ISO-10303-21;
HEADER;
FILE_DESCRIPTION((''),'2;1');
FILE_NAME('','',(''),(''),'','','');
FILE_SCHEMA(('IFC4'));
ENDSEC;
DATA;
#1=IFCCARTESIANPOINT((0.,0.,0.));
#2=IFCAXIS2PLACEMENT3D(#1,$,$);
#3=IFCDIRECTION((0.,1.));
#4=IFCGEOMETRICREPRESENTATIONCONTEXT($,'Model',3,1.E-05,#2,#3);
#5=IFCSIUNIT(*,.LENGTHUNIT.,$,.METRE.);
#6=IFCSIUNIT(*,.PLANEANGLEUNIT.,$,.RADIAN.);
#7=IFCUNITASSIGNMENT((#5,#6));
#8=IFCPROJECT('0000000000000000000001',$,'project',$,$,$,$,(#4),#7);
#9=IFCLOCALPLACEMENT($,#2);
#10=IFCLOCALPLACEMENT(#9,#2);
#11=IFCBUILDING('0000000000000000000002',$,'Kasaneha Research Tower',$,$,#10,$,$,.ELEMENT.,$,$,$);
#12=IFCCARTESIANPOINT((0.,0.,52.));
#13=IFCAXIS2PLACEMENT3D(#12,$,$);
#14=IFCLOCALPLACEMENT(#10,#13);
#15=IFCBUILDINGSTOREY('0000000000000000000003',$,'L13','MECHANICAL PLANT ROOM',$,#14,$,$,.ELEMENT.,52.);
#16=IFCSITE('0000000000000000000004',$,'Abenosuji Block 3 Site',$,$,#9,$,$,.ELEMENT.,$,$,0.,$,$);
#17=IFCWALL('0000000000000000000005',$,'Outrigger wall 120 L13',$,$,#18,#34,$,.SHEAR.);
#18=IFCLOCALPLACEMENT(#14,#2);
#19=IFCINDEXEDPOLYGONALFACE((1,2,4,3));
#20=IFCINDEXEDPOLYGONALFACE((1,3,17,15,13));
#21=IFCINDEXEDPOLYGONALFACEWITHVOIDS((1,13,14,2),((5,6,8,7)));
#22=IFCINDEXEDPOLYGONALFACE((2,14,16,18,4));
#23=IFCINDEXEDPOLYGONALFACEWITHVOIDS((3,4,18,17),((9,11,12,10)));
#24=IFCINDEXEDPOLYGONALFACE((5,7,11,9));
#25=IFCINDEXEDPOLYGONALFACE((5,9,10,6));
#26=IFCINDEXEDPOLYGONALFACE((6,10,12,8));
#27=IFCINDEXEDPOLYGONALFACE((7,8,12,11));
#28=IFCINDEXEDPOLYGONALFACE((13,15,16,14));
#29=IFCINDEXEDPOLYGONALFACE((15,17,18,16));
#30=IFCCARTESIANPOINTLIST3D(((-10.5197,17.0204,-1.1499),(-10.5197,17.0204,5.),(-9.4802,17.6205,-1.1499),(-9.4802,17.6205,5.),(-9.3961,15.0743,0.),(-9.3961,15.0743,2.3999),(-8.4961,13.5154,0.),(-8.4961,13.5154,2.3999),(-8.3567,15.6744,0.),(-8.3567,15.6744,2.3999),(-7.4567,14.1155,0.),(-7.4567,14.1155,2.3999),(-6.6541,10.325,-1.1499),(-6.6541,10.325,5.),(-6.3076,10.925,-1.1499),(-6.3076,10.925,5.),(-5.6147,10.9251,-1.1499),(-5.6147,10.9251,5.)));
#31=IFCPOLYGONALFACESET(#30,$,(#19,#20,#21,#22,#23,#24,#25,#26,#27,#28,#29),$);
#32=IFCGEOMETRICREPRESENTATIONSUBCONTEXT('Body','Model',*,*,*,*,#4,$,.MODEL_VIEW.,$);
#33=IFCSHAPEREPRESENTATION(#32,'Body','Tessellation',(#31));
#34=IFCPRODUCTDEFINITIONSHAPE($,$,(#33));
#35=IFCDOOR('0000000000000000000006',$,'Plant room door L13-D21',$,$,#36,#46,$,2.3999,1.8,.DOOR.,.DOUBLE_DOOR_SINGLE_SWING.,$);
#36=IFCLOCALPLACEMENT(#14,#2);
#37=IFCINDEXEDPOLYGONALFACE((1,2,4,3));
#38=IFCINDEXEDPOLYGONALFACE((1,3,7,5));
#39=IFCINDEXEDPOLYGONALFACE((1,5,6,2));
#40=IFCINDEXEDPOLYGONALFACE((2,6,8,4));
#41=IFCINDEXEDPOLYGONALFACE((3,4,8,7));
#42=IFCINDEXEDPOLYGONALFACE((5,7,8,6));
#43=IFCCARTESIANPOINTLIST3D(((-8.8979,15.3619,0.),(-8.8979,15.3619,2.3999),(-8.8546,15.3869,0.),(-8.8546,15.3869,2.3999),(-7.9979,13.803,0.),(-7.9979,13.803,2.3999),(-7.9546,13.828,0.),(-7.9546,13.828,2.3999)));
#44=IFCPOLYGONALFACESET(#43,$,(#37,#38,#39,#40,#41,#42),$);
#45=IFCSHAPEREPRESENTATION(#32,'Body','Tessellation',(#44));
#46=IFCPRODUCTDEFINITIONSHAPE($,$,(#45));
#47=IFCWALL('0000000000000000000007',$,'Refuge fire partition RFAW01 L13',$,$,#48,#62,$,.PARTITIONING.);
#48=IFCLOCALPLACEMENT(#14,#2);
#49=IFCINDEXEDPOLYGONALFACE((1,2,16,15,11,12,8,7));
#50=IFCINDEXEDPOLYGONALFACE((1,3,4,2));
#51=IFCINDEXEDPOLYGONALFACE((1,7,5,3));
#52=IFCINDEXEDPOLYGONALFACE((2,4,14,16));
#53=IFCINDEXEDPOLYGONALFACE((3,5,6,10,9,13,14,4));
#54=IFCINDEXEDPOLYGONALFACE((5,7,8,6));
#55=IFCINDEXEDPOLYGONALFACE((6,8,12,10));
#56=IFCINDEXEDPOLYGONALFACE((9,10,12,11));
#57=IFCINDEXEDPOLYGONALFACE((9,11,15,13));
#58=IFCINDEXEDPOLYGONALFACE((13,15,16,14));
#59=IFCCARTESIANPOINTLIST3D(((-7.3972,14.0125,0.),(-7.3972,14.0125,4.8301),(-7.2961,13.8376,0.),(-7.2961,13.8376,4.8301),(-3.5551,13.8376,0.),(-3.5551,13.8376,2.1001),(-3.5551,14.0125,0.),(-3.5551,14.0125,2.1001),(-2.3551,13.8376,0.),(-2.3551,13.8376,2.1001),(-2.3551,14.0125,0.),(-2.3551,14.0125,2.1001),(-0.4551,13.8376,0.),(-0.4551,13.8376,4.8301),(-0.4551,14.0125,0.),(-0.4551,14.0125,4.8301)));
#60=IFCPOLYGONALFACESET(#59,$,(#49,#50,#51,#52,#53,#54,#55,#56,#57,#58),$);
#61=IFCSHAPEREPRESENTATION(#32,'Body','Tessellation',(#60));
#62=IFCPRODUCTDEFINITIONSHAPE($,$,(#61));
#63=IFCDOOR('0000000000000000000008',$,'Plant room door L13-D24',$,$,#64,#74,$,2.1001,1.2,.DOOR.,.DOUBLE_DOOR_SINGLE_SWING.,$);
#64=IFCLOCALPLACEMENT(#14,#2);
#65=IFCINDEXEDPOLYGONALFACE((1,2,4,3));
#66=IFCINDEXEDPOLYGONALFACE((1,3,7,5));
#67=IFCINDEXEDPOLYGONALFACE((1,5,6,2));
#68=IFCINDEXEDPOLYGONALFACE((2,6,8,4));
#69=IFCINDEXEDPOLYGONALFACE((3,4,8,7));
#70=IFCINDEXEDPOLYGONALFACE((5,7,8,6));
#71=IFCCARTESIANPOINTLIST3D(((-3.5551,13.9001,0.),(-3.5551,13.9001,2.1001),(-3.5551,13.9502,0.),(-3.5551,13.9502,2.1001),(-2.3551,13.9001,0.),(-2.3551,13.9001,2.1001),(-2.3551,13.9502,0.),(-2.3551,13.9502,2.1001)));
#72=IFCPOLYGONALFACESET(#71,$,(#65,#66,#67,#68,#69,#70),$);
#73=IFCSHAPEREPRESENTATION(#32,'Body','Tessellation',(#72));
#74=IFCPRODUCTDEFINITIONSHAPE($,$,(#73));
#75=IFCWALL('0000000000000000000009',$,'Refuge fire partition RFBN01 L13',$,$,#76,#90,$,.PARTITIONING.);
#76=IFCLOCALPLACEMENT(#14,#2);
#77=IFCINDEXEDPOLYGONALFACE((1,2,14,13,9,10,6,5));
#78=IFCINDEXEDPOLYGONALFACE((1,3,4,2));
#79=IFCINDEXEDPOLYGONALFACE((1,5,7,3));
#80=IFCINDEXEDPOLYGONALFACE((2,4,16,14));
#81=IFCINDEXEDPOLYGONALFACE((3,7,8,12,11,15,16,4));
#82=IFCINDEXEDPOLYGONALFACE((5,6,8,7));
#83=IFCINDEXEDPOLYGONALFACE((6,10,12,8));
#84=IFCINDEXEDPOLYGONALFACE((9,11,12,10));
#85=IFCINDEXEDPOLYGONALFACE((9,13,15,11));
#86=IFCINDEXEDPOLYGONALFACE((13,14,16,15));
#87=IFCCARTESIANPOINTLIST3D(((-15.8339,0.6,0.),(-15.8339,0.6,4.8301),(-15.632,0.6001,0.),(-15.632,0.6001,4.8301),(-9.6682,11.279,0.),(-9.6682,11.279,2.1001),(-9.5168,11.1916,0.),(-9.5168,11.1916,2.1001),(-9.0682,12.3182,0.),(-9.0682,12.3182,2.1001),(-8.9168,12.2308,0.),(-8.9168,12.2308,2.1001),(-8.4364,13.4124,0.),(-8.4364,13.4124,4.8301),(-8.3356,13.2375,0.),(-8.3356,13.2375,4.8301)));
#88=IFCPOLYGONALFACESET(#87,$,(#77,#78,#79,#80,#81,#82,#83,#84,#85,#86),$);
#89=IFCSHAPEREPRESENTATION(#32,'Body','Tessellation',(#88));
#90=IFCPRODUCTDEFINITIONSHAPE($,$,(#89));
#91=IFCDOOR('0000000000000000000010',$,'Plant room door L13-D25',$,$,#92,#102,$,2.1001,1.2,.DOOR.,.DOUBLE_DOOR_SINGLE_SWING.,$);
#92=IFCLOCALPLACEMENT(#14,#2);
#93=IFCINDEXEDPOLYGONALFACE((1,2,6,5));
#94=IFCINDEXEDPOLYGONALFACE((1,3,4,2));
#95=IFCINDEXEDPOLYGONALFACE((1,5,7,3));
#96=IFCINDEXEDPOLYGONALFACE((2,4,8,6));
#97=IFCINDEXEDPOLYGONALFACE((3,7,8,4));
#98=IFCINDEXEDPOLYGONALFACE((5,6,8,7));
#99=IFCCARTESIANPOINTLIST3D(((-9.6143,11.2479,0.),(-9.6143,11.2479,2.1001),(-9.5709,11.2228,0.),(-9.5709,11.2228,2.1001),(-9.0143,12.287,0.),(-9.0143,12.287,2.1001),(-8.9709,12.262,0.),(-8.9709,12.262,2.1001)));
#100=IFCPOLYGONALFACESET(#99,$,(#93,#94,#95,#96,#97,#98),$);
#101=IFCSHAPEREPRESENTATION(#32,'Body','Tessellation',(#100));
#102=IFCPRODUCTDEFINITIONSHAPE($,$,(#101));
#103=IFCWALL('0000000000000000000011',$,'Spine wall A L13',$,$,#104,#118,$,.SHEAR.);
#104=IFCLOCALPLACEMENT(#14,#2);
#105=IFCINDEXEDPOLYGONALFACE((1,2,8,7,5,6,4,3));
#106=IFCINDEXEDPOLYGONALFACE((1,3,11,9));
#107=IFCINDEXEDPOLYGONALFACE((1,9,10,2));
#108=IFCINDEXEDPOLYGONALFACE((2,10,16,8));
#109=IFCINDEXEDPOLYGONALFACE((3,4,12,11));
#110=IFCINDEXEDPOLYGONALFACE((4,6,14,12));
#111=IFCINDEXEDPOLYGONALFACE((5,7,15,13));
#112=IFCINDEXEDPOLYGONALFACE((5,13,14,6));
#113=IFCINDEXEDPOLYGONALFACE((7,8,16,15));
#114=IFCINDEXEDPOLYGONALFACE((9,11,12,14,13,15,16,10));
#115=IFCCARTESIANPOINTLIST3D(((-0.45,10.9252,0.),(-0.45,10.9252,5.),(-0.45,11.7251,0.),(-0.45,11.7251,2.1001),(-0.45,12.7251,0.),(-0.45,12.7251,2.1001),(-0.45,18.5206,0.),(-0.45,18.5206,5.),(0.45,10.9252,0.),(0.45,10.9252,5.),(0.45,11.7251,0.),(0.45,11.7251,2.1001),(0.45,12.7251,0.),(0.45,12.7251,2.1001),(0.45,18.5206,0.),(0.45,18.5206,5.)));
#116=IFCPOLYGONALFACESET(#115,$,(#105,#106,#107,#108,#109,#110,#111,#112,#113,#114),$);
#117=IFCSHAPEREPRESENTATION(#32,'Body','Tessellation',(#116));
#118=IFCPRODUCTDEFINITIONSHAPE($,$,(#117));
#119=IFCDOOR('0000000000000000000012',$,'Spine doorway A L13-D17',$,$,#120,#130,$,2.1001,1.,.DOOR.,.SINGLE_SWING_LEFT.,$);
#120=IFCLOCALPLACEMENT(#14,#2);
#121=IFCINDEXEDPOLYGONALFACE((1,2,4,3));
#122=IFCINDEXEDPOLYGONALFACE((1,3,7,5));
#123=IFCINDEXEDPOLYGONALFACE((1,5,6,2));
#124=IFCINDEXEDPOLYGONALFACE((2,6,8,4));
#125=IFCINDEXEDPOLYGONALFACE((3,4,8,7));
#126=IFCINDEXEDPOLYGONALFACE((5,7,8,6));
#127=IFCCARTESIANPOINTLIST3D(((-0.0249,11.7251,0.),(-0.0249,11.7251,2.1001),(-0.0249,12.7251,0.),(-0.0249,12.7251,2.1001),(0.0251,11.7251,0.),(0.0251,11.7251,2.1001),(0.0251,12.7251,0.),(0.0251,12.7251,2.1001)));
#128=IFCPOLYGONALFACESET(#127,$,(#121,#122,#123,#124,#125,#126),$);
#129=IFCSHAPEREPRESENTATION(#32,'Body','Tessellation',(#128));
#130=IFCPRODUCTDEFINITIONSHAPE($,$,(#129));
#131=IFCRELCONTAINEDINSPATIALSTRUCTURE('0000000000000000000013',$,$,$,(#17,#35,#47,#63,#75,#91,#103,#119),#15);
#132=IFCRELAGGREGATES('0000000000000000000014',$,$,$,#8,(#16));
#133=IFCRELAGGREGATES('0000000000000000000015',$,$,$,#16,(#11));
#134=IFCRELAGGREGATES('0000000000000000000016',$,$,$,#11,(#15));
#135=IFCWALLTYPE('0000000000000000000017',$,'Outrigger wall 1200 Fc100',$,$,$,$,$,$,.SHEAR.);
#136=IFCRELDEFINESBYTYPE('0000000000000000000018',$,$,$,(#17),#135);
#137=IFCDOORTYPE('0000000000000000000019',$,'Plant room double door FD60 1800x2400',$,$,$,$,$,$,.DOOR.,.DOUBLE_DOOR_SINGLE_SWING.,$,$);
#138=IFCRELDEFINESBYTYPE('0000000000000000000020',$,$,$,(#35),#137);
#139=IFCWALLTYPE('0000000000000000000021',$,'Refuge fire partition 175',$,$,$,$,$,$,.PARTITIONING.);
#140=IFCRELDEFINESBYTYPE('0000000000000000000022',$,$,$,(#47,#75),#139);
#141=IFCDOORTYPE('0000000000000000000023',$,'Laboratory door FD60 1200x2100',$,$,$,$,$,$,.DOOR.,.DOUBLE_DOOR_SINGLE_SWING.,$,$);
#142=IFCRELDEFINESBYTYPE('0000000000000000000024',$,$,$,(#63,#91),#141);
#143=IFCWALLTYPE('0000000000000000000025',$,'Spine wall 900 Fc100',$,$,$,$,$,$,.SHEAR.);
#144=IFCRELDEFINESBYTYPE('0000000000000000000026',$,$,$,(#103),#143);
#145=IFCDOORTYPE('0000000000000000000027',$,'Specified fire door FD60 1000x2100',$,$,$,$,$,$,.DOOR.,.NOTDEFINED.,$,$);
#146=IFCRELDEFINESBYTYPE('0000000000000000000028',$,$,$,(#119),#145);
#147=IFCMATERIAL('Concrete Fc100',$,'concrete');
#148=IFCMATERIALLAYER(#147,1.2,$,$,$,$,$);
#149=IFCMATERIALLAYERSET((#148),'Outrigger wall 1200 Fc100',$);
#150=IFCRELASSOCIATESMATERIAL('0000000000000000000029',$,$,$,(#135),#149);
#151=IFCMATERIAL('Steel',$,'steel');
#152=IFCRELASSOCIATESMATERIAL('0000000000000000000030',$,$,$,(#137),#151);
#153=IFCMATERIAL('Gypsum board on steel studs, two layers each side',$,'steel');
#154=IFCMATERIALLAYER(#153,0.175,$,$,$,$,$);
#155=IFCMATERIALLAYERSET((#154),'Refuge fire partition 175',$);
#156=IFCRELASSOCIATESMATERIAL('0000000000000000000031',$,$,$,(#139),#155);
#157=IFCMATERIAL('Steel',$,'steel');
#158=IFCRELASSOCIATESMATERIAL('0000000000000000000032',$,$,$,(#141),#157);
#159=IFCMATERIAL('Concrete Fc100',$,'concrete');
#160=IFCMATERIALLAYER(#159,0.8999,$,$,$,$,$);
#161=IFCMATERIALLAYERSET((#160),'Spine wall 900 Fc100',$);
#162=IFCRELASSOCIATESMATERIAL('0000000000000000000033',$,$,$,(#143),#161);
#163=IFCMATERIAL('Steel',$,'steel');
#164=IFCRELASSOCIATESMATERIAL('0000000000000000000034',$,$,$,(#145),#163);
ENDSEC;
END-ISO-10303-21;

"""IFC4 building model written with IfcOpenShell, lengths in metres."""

from ifc_helpers import new_model, si_unit, direction, frame, frame_2d, origin, place, context, subcontext, project, spatial, polyline, rectangle, outline, extrude, material, layer, layer_set, type_object, element, fill, save


model = new_model("IFC4")

# Units and contexts
model_context = context("Model", 3, precision=1e-05, world=origin(), true_north=direction((0.0, 1.0)))
body_context = subcontext(model_context, "Body", "Model", "MODEL_VIEW")
ifc_project = project(units=[si_unit("LENGTHUNIT", "METRE"), si_unit("PLANEANGLEUNIT", "RADIAN")], contexts=[model_context])

# Site, building, storey
site_placement = place(None, origin())
site = spatial("IfcSite", under=ifc_project, at=site_placement, Name="Abenosuji Block 3 Site", CompositionType="ELEMENT", RefElevation=0.0)
building_placement = place(site_placement, origin())
building = spatial("IfcBuilding", under=site, at=building_placement, Name="Kasaneha Research Tower", CompositionType="ELEMENT")
storey_placement = place(building_placement, frame((0.0, 0.0, 52.0)))
storey = spatial("IfcBuildingStorey", under=building, at=storey_placement, Name="L13", Description="MECHANICAL PLANT ROOM", CompositionType="ELEMENT", Elevation=52.0)

# Walls, openings, doors
ifc_material_1 = material(Name="Concrete Fc100", Category="concrete")
ifc_layer_1 = layer(ifc_material_1, 1.2)
ifc_layer_set_1 = layer_set([ifc_layer_1], Name="Outrigger wall 1200 Fc100")
wall_type_1 = type_object("IfcWallType", Name="Outrigger wall 1200 Fc100", PredefinedType="SHEAR", material=ifc_layer_set_1)
wall_1_placement = place(storey_placement, frame((-6.3076, 10.925, -1.1499), z_axis=(0.0, 0.0, 1.0), x_axis=(-0.499993, 0.866029, 0.0)))
wall_1 = element("IfcWall", 1, at=wall_1_placement, inside=storey, type_object=wall_type_1, Name="Outrigger wall 120 L13", PredefinedType="SHEAR", context=body_context, shape_type="SweptSolid", body=[
    extrude(outline(polyline([(-0.3464, -0.6001), (3.3376, -0.6001), (5.1377, -0.6001), (7.3848, -0.6001), (7.3848, 0.6001), (5.1377, 0.6001), (3.3376, 0.6001), (-0.3464, 0.6001), (0.0, 0.0), (-0.3464, -0.6001)])), origin(), (0.0, 0.0, 1.0), 6.1499),
])
opening_1_placement = place(wall_1_placement, frame((3.3376, 0.0, 1.1499)))
opening_1 = element("IfcOpeningElement", 2, at=opening_1_placement, cuts=wall_1, PredefinedType="OPENING", context=body_context, shape_type="SweptSolid", body=[
    extrude(rectangle(XDim=1.8, YDim=2.3999, at=frame_2d((0.8999, 1.2))), frame((0.0, 0.6099, 0.0), z_axis=(0.0, -1.0, 0.0), x_axis=(1.0, 0.0, 0.0)), (0.0, 0.0, 1.0), 1.22),
])
ifc_material_2 = material(Name="Steel", Category="steel")
door_type_1 = type_object("IfcDoorType", Name="Plant room double door FD60 1800x2400", OperationType="DOUBLE_DOOR_SINGLE_SWING", PredefinedType="DOOR", material=ifc_material_2)
door_1_placement = place(opening_1_placement, origin())
door_1 = element("IfcDoor", 3, at=door_1_placement, inside=storey, type_object=door_type_1, Name="Plant room door L13-D21", OperationType="DOUBLE_DOOR_SINGLE_SWING", OverallHeight=2.3999, OverallWidth=1.8, PredefinedType="DOOR", context=body_context, shape_type="SweptSolid", body=[
    extrude(rectangle(XDim=1.8, YDim=2.3999, at=frame_2d((0.8999, 1.2))), frame((0.0, 0.0249, 0.0), z_axis=(0.0, -1.0, 0.0), x_axis=(1.0, 0.0, 0.0)), (0.0, 0.0, 1.0), 0.05),
])
fill(opening_1, door_1)
ifc_material_3 = material(Name="Gypsum board on steel studs, two layers each side", Category="steel")
ifc_layer_2 = layer(ifc_material_3, 0.175)
ifc_layer_set_2 = layer_set([ifc_layer_2], Name="Refuge fire partition 175")
wall_type_2 = type_object("IfcWallType", Name="Refuge fire partition 175", PredefinedType="PARTITIONING", material=ifc_layer_set_2)
wall_2_placement = place(storey_placement, frame((-0.4551, 13.925, 0.0), z_axis=(0.0, 0.0, 1.0), x_axis=(-1.0, 0.0, 0.0)))
wall_2 = element("IfcWall", 4, at=wall_2_placement, inside=storey, type_object=wall_type_2, Name="Refuge fire partition RFAW01 L13", PredefinedType="PARTITIONING", context=body_context, shape_type="SweptSolid", body=[
    extrude(outline(polyline([(0.0, -0.0874), (1.8999, -0.0874), (3.0999, -0.0874), (6.9421, -0.0874), (6.8411, 0.0874), (3.0999, 0.0874), (1.8999, 0.0874), (0.0, 0.0874), (0.0, -0.0874)])), origin(), (0.0, 0.0, 1.0), 4.8301),
])
opening_2_placement = place(wall_2_placement, frame((1.8999, 0.0, 0.0)))
opening_2 = element("IfcOpeningElement", 5, at=opening_2_placement, cuts=wall_2, PredefinedType="OPENING", context=body_context, shape_type="SweptSolid", body=[
    extrude(rectangle(XDim=1.2, YDim=2.1001, at=frame_2d((0.6001, 1.05))), frame((0.0, 0.0977, 0.0), z_axis=(0.0, -1.0, 0.0), x_axis=(1.0, 0.0, 0.0)), (0.0, 0.0, 1.0), 0.1951),
])
ifc_material_4 = material(Name="Steel", Category="steel")
door_type_2 = type_object("IfcDoorType", Name="Laboratory door FD60 1200x2100", OperationType="DOUBLE_DOOR_SINGLE_SWING", PredefinedType="DOOR", material=ifc_material_4)
door_2_placement = place(opening_2_placement, origin())
door_2 = element("IfcDoor", 6, at=door_2_placement, inside=storey, type_object=door_type_2, Name="Plant room door L13-D24", OperationType="DOUBLE_DOOR_SINGLE_SWING", OverallHeight=2.1001, OverallWidth=1.2, PredefinedType="DOOR", context=body_context, shape_type="SweptSolid", body=[
    extrude(rectangle(XDim=1.2, YDim=2.1001, at=frame_2d((0.6001, 1.05))), frame((0.0, 0.0249, 0.0), z_axis=(0.0, -1.0, 0.0), x_axis=(1.0, 0.0, 0.0)), (0.0, 0.0, 1.0), 0.05),
])
fill(opening_2, door_2)
wall_3_placement = place(storey_placement, frame((-8.386, 13.325, 0.0), z_axis=(0.0, 0.0, 1.0), x_axis=(-0.500012, -0.866019, 0.0)))
wall_3 = element("IfcWall", 7, at=wall_3_placement, inside=storey, type_object=wall_type_2, Name="Refuge fire partition RFBN01 L13", PredefinedType="PARTITIONING", context=body_context, shape_type="SweptSolid", body=[
    extrude(outline(polyline([(-0.0505, -0.0874), (1.2129, -0.0874), (2.4128, -0.0874), (14.7441, -0.0874), (14.6431, 0.0874), (2.4128, 0.0874), (1.2129, 0.0874), (0.0505, 0.0874), (-0.0505, -0.0874)])), origin(), (0.0, 0.0, 1.0), 4.8301),
])
opening_3_placement = place(wall_3_placement, frame((1.2129, 0.0, 0.0)))
opening_3 = element("IfcOpeningElement", 8, at=opening_3_placement, cuts=wall_3, PredefinedType="OPENING", context=body_context, shape_type="SweptSolid", body=[
    extrude(rectangle(XDim=1.2, YDim=2.1001, at=frame_2d((0.6001, 1.05))), frame((0.0, 0.0977, 0.0), z_axis=(0.0, -1.0, 0.0), x_axis=(1.0, 0.0, 0.0)), (0.0, 0.0, 1.0), 0.1951),
])
door_3_placement = place(opening_3_placement, origin())
door_3 = element("IfcDoor", 9, at=door_3_placement, inside=storey, type_object=door_type_2, Name="Plant room door L13-D25", OperationType="DOUBLE_DOOR_SINGLE_SWING", OverallHeight=2.1001, OverallWidth=1.2, PredefinedType="DOOR", context=body_context, shape_type="SweptSolid", body=[
    extrude(rectangle(XDim=1.2, YDim=2.1001, at=frame_2d((0.6001, 1.05))), frame((0.0, 0.0249, 0.0), z_axis=(0.0, -1.0, 0.0), x_axis=(1.0, 0.0, 0.0)), (0.0, 0.0, 1.0), 0.05),
])
fill(opening_3, door_3)
ifc_material_5 = material(Name="Concrete Fc100", Category="concrete")
ifc_layer_3 = layer(ifc_material_5, 0.8999)
ifc_layer_set_3 = layer_set([ifc_layer_3], Name="Spine wall 900 Fc100")
wall_type_3 = type_object("IfcWallType", Name="Spine wall 900 Fc100", PredefinedType="SHEAR", material=ifc_layer_set_3)
wall_4_placement = place(storey_placement, frame((0.0, 10.925, 0.0), z_axis=(0.0, 0.0, 1.0), x_axis=(0.0, 1.0, 0.0)))
wall_4 = element("IfcWall", 10, at=wall_4_placement, inside=storey, type_object=wall_type_3, Name="Spine wall A L13", PredefinedType="SHEAR", context=body_context, shape_type="SweptSolid", body=[
    extrude(rectangle(XDim=7.5955, YDim=0.8999, at=frame_2d((3.7979, 0.0))), origin(), (0.0, 0.0, 1.0), 5.0),
])
opening_4_placement = place(wall_4_placement, frame((0.8, 0.0, 0.0)))
opening_4 = element("IfcOpeningElement", 11, at=opening_4_placement, cuts=wall_4, PredefinedType="OPENING", context=body_context, shape_type="SweptSolid", body=[
    extrude(rectangle(XDim=1.0, YDim=2.1001, at=frame_2d((0.5, 1.05))), frame((0.0, 0.46, 0.0), z_axis=(0.0, -1.0, 0.0), x_axis=(1.0, 0.0, 0.0)), (0.0, 0.0, 1.0), 0.9199),
])
ifc_material_6 = material(Name="Steel", Category="steel")
door_type_3 = type_object("IfcDoorType", Name="Specified fire door FD60 1000x2100", OperationType="NOTDEFINED", PredefinedType="DOOR", material=ifc_material_6)
door_4_placement = place(opening_4_placement, origin())
door_4 = element("IfcDoor", 12, at=door_4_placement, inside=storey, type_object=door_type_3, Name="Spine doorway A L13-D17", OperationType="SINGLE_SWING_LEFT", OverallHeight=2.1001, OverallWidth=1.0, PredefinedType="DOOR", context=body_context, shape_type="SweptSolid", body=[
    extrude(rectangle(XDim=1.0, YDim=2.1001, at=frame_2d((0.5, 1.05))), frame((0.0, 0.0249, 0.0), z_axis=(0.0, -1.0, 0.0), x_axis=(1.0, 0.0, 0.0)), (0.0, 0.0, 1.0), 0.05),
])
fill(opening_4, door_4)

save(model, "model.ifc")
